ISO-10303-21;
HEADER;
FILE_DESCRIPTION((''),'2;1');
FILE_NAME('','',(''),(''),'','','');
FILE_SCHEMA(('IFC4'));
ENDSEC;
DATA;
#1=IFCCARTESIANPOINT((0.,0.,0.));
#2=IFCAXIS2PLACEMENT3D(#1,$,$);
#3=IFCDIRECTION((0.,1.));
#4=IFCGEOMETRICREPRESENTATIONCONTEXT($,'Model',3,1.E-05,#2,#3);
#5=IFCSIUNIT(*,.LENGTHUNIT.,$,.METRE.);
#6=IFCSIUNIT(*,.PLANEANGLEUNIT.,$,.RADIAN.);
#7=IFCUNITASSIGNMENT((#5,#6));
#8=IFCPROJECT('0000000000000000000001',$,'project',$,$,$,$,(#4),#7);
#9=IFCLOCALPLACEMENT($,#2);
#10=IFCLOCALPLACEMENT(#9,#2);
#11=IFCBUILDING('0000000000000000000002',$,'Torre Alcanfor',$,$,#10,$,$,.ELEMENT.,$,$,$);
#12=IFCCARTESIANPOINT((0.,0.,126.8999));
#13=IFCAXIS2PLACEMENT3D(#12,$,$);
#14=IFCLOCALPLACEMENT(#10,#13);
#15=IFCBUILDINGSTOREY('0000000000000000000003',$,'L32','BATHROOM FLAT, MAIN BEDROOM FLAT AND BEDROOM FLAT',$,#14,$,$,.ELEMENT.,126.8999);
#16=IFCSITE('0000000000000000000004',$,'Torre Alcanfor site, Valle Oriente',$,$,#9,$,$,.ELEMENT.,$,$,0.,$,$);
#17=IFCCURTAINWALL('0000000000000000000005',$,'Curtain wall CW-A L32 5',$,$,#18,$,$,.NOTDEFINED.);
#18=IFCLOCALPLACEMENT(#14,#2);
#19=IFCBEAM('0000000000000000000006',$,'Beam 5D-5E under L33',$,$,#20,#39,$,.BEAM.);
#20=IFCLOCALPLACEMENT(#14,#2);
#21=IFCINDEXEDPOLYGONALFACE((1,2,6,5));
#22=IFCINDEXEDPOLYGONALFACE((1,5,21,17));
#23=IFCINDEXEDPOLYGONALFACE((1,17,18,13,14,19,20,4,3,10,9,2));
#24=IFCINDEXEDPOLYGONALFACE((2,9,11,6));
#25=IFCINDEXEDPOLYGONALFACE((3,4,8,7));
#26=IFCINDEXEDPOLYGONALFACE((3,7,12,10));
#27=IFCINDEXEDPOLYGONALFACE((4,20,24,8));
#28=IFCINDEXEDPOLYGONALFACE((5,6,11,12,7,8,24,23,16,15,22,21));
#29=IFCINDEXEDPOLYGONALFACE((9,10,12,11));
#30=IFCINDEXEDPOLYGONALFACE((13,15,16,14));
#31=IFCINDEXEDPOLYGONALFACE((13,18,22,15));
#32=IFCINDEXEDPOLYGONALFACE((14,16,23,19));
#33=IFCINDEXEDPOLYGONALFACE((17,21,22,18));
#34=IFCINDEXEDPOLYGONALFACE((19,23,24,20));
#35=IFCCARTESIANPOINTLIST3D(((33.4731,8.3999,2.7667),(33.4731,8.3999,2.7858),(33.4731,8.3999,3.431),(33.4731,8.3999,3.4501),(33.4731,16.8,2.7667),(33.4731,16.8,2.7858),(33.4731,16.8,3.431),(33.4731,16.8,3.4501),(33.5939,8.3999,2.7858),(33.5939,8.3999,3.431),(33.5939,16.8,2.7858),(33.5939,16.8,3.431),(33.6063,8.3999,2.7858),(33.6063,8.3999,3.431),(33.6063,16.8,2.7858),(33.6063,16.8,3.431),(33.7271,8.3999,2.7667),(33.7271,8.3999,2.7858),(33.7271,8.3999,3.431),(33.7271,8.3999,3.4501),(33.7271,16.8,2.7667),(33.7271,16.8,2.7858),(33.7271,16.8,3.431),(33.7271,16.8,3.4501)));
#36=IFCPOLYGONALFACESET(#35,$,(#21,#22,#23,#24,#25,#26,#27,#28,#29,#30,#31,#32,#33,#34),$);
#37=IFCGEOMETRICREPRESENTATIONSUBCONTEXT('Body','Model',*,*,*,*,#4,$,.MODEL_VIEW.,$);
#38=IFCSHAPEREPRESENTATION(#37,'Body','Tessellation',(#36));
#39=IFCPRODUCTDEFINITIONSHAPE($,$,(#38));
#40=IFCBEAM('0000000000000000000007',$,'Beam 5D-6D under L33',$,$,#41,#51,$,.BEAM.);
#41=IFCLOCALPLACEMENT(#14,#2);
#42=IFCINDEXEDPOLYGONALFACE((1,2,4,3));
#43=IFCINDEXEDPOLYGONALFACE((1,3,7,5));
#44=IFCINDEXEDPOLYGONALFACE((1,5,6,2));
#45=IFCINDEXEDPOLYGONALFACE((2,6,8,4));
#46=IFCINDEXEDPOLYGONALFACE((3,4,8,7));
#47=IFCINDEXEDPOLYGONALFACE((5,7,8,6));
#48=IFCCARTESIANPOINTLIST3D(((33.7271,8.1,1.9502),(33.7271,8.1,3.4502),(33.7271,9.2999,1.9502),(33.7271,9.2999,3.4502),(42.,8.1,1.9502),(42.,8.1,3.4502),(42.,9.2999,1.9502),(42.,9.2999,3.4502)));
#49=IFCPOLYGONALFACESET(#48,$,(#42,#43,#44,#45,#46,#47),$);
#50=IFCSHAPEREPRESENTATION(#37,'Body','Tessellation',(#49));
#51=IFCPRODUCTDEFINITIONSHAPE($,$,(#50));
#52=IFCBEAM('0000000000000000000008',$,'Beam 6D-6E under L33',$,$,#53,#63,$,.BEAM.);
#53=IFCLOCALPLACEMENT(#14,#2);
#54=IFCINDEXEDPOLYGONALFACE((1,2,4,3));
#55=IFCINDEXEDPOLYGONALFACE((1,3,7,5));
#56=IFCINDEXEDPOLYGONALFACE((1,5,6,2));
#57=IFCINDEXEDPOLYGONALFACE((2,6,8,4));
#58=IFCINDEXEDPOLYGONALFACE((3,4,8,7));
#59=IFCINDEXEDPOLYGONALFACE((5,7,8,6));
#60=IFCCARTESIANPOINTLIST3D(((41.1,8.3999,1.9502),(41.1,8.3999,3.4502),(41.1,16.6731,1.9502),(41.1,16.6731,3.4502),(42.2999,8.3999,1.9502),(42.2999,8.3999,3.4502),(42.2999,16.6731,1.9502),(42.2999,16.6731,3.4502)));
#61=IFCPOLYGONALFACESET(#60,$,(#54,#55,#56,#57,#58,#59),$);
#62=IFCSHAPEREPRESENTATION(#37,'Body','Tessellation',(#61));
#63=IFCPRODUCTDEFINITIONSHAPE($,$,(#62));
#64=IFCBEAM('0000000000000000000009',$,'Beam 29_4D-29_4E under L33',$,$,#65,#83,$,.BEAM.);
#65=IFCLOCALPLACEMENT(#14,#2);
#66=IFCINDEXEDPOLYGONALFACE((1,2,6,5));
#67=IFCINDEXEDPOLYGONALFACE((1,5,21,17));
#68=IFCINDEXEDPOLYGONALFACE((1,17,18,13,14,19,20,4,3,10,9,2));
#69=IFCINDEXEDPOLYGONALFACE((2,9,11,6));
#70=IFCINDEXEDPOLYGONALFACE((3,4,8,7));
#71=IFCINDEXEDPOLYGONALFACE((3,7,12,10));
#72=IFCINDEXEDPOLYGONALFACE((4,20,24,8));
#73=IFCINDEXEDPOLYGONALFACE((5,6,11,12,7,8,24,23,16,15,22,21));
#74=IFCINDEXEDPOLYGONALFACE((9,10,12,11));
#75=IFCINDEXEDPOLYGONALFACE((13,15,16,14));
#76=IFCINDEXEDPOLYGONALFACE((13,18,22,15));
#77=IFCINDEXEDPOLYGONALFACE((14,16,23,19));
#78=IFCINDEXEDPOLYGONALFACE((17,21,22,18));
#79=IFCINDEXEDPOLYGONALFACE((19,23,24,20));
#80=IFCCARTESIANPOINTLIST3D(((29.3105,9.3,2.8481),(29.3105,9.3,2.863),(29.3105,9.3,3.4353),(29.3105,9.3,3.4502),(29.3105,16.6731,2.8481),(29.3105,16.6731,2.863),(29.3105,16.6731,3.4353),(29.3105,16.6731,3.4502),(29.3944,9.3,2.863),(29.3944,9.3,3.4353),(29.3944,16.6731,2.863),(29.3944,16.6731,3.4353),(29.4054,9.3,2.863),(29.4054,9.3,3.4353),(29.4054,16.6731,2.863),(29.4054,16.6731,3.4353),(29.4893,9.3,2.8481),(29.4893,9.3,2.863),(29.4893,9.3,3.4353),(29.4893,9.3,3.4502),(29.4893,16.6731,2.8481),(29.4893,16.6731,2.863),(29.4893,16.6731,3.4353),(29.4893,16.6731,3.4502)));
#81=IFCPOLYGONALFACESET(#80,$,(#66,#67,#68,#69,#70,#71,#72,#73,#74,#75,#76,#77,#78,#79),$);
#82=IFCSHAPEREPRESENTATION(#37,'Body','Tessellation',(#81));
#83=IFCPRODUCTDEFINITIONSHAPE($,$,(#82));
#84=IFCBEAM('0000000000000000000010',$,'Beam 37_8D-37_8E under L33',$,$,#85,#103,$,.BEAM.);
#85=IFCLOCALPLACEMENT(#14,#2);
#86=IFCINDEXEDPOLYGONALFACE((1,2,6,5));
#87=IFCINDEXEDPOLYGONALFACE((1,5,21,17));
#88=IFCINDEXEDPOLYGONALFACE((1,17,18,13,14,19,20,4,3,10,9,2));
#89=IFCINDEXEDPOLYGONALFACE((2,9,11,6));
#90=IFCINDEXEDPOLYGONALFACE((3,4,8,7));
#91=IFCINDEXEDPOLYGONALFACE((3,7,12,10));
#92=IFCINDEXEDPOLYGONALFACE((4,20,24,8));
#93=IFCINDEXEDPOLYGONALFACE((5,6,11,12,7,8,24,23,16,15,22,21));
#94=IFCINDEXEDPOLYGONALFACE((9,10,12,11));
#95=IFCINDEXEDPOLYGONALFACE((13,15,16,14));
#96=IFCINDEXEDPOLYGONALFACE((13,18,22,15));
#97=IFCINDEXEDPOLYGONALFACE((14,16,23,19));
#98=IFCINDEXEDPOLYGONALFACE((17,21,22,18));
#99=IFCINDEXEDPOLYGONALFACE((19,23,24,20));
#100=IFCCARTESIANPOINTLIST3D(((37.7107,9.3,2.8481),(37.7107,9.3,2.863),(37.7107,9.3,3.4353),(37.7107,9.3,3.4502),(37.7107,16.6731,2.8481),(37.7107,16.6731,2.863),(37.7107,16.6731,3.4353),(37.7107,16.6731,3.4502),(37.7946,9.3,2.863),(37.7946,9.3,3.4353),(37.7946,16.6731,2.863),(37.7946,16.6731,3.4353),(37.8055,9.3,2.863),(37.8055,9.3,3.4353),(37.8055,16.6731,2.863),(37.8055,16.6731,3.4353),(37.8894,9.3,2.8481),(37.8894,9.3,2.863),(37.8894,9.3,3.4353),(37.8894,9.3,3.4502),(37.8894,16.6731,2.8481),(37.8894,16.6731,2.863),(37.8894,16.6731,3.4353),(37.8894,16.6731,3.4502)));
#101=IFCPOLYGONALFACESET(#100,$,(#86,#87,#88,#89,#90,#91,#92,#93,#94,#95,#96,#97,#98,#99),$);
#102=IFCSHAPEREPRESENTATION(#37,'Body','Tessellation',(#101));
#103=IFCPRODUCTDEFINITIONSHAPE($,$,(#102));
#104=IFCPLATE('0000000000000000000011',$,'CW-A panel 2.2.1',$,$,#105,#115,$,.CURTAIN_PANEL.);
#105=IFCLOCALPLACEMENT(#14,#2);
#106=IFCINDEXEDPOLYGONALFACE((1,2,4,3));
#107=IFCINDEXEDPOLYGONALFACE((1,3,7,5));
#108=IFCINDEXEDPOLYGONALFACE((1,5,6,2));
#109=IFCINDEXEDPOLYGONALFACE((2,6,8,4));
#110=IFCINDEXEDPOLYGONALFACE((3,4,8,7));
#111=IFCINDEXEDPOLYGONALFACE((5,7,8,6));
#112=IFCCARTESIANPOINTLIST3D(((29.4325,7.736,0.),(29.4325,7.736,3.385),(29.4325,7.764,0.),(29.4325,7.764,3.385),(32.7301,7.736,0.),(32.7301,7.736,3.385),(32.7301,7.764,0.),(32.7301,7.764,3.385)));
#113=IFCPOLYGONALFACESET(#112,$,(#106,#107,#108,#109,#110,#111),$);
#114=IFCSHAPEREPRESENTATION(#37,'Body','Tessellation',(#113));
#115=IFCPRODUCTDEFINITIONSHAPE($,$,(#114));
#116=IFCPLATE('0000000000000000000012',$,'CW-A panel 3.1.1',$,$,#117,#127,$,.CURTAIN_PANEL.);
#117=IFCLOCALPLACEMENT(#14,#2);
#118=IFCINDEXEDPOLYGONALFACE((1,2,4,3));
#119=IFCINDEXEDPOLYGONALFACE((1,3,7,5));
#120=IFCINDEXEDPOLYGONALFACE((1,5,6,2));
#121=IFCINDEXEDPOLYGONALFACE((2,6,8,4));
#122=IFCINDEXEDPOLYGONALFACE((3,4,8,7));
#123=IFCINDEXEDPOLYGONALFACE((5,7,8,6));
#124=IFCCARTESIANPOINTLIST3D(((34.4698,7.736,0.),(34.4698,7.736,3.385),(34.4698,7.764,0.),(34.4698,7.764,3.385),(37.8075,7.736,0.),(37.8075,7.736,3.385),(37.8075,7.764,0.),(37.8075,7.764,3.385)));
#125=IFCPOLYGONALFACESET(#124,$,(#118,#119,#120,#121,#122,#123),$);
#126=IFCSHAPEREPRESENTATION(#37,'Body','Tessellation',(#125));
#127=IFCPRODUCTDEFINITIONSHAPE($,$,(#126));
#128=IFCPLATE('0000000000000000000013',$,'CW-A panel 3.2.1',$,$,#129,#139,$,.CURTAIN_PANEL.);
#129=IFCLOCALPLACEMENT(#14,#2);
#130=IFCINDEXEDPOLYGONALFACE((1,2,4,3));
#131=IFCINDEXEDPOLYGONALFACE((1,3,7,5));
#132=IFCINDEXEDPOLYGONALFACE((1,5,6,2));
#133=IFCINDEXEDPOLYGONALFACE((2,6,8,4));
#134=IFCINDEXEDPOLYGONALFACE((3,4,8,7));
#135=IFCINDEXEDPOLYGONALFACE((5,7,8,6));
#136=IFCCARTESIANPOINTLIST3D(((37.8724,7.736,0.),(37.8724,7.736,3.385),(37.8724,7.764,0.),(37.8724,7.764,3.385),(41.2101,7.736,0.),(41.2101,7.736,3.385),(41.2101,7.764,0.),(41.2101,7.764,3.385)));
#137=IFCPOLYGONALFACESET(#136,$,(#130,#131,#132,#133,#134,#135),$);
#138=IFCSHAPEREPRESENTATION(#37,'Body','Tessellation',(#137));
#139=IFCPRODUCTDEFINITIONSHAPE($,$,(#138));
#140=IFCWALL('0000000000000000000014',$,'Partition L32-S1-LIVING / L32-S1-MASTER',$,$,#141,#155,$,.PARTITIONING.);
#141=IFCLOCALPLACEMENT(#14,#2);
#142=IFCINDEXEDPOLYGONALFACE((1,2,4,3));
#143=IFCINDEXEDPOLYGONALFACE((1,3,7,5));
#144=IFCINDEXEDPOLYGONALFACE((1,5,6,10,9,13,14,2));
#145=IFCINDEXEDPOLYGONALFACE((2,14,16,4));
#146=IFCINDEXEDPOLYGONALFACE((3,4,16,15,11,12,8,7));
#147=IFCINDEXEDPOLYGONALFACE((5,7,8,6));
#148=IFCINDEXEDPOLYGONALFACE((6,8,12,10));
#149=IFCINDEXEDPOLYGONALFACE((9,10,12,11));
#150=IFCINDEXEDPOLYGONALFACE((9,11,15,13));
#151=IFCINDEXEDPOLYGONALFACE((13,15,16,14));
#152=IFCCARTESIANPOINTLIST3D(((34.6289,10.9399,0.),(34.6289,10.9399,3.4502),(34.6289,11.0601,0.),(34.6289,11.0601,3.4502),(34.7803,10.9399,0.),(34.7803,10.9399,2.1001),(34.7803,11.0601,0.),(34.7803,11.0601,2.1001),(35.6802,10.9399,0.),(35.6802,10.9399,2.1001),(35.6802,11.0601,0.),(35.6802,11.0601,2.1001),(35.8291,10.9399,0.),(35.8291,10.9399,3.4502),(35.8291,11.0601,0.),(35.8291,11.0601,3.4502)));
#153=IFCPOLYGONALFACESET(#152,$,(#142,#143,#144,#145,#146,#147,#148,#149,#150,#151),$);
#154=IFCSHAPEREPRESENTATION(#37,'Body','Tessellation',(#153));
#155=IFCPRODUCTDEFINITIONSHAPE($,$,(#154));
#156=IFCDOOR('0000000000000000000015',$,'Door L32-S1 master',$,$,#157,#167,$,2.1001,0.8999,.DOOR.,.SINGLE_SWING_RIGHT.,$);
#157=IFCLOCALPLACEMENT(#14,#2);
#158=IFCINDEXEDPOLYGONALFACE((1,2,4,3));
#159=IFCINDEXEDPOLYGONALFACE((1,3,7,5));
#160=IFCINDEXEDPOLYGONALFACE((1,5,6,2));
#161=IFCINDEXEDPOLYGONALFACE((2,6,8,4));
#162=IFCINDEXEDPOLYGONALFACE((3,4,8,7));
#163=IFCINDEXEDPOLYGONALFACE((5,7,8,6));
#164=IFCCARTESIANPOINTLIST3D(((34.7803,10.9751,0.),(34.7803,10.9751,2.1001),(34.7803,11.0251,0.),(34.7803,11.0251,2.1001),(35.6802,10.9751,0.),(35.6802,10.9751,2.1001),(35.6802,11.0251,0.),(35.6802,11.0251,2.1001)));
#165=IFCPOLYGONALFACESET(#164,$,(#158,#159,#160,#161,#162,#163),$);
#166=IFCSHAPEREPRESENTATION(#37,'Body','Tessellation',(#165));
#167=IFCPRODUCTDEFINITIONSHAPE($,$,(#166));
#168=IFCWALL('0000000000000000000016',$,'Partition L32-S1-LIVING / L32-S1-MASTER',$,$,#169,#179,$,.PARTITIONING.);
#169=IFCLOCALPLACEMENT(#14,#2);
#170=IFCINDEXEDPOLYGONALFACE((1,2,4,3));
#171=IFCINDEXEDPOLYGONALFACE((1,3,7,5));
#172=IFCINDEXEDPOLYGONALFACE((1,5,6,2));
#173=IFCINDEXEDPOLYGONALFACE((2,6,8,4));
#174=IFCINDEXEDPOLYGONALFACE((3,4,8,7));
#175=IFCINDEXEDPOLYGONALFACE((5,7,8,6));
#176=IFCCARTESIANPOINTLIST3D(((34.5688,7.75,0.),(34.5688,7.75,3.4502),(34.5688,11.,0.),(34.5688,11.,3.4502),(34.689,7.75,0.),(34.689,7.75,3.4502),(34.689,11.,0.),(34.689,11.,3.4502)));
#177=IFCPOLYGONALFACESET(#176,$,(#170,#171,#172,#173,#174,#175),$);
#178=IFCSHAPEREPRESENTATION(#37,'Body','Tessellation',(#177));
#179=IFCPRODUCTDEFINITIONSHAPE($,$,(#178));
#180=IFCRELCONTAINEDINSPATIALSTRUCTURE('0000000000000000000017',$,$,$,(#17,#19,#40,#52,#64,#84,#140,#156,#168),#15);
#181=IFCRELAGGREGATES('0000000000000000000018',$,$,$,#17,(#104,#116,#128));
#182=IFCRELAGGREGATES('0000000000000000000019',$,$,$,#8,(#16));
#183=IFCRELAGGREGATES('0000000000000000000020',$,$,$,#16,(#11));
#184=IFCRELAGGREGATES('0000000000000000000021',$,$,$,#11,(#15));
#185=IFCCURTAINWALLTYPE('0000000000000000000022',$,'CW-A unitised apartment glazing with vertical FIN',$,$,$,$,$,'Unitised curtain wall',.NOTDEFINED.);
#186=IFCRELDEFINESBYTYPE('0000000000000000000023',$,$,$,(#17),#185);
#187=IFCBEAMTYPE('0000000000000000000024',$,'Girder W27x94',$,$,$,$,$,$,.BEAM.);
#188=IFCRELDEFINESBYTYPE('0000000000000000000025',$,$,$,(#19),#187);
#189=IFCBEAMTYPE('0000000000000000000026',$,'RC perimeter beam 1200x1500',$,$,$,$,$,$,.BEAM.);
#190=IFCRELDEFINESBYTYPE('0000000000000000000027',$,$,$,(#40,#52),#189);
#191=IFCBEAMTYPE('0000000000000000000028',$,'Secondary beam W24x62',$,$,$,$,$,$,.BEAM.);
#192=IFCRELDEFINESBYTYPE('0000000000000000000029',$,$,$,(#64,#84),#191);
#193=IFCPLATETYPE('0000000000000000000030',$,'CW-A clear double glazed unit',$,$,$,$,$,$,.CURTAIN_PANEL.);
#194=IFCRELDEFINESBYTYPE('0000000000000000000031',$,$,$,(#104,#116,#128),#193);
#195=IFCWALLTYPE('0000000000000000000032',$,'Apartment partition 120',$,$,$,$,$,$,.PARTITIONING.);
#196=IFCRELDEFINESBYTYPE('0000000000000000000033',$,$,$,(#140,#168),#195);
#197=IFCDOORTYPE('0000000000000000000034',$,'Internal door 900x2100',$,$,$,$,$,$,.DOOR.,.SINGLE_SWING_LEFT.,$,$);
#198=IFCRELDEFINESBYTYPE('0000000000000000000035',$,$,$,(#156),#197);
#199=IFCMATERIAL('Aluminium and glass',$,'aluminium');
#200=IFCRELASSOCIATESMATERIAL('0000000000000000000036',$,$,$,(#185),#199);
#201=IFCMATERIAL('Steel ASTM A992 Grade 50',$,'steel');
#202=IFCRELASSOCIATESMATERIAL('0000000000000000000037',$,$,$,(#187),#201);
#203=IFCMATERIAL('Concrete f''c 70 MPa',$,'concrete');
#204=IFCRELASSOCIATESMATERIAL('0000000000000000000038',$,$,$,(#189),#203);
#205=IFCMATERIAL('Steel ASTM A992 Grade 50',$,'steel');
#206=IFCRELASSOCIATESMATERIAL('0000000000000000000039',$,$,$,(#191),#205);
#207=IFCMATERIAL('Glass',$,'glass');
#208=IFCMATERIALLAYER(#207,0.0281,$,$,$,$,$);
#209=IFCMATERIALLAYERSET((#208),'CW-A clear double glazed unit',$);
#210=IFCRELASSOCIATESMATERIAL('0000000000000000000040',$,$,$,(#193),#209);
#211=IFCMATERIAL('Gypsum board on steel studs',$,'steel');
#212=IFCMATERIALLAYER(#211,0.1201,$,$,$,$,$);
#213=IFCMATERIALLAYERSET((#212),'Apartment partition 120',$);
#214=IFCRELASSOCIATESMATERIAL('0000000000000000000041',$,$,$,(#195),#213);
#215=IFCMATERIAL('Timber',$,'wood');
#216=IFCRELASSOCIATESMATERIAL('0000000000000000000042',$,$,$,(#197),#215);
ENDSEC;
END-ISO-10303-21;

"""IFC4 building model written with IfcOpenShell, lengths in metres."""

from ifc_helpers import new_model, si_unit, direction, frame, frame_2d, origin, origin_2d, place, context, subcontext, project, spatial, rectangle, i_section, extrude, material, layer, layer_set, material_profile, profile_set, type_object, element, fill, aggregate, save


model = new_model("IFC4")

# Units and contexts
model_context = context("Model", 3, precision=1e-05, world=origin(), true_north=direction((0.0, 1.0)))
body_context = subcontext(model_context, "Body", "Model", "MODEL_VIEW")
ifc_project = project(units=[si_unit("LENGTHUNIT", "METRE"), si_unit("PLANEANGLEUNIT", "RADIAN")], contexts=[model_context])

# Site, building, storey
site_placement = place(None, origin())
site = spatial("IfcSite", under=ifc_project, at=site_placement, Name="Torre Alcanfor site, Valle Oriente", CompositionType="ELEMENT", RefElevation=0.0)
building_placement = place(site_placement, origin())
building = spatial("IfcBuilding", under=site, at=building_placement, Name="Torre Alcanfor", CompositionType="ELEMENT")
storey_placement = place(building_placement, frame((0.0, 0.0, 126.8999)))
storey = spatial("IfcBuildingStorey", under=building, at=storey_placement, Name="L32", Description="BATHROOM FLAT, MAIN BEDROOM FLAT AND BEDROOM FLAT", CompositionType="ELEMENT", Elevation=126.8999)

# Curtain wall
ifc_material_1 = material(Name="Aluminium and glass", Category="aluminium")
curtain_wall_type = type_object("IfcCurtainWallType", Name="CW-A unitised apartment glazing with vertical FIN", ElementType="Unitised curtain wall", PredefinedType="NOTDEFINED", material=ifc_material_1)
curtain_wall_placement = place(storey_placement, origin())
curtain_wall = element("IfcCurtainWall", 1, at=curtain_wall_placement, inside=storey, type_object=curtain_wall_type, Name="Curtain wall CW-A L32 5", PredefinedType="NOTDEFINED")

# Beams
ifc_material_2 = material(Name="Steel ASTM A992 Grade 50", Category="steel")
ifc_material_profile_1 = material_profile(ifc_material_2, i_section(OverallWidth=0.2539, OverallDepth=0.6833, WebThickness=0.0125, FlangeThickness=0.019, at=origin_2d()), Name="W27x94")
ifc_profile_set_1 = profile_set([ifc_material_profile_1], Name="Steel ASTM A992 Grade 50")
beam_type_1 = type_object("IfcBeamType", Name="Girder W27x94", PredefinedType="BEAM", material=ifc_profile_set_1)
beam_1_placement = place(storey_placement, frame((33.6001, 8.3999, 3.1084), z_axis=(0.0, 1.0, 0.0), x_axis=(-1.0, 0.0, 0.0)))
element("IfcBeam", 2, at=beam_1_placement, inside=storey, type_object=beam_type_1, Name="Beam 5D-5E under L33", PredefinedType="BEAM", context=body_context, shape_type="SweptSolid", body=[
    extrude(i_section(OverallWidth=0.2539, OverallDepth=0.6833, WebThickness=0.0125, FlangeThickness=0.019, at=origin_2d()), origin(), (0.0, 0.0, 1.0), 8.4001),
])
ifc_material_3 = material(Name="Concrete f'c 70 MPa", Category="concrete")
ifc_material_profile_2 = material_profile(ifc_material_3, rectangle(XDim=1.2, YDim=1.5, at=origin_2d()), Name="1200x1500")
ifc_profile_set_2 = profile_set([ifc_material_profile_2], Name="Concrete f'c 70 MPa")
beam_type_2 = type_object("IfcBeamType", Name="RC perimeter beam 1200x1500", PredefinedType="BEAM", material=ifc_profile_set_2)
beam_2_placement = place(storey_placement, frame((33.7271, 8.7, 2.7002), z_axis=(1.0, 0.0, 0.0), x_axis=(0.0, 1.0, 0.0)))
element("IfcBeam", 3, at=beam_2_placement, inside=storey, type_object=beam_type_2, Name="Beam 5D-6D under L33", PredefinedType="BEAM", context=body_context, shape_type="SweptSolid", body=[
    extrude(rectangle(XDim=1.2, YDim=1.5, at=origin_2d()), origin(), (0.0, 0.0, 1.0), 8.2729),
])
beam_3_placement = place(storey_placement, frame((41.7, 8.3999, 2.7002), z_axis=(0.0, 1.0, 0.0), x_axis=(-1.0, 0.0, 0.0)))
element("IfcBeam", 4, at=beam_3_placement, inside=storey, type_object=beam_type_2, Name="Beam 6D-6E under L33", PredefinedType="BEAM", context=body_context, shape_type="SweptSolid", body=[
    extrude(rectangle(XDim=1.2, YDim=1.5, at=origin_2d()), origin(), (0.0, 0.0, 1.0), 8.2732),
])
ifc_material_4 = material(Name="Steel ASTM A992 Grade 50", Category="steel")
ifc_material_profile_3 = material_profile(ifc_material_4, i_section(OverallWidth=0.1787, OverallDepth=0.6021, WebThickness=0.011, FlangeThickness=0.0149, at=origin_2d()), Name="W24x62")
ifc_profile_set_3 = profile_set([ifc_material_profile_3], Name="Steel ASTM A992 Grade 50")
beam_type_3 = type_object("IfcBeamType", Name="Secondary beam W24x62", PredefinedType="BEAM", material=ifc_profile_set_3)
for number, where, z_axis, x_axis, name in (
    (5, (29.3999, 9.3, 3.1492), (0.0, 1.0, 0.0), (-1.0, 0.0, 0.0), "Beam 29_4D-29_4E under L33"),
    (6, (37.8, 9.3, 3.1492), (0.0, 1.0, 0.0), (-1.0, 0.0, 0.0), "Beam 37_8D-37_8E under L33"),
):
    element("IfcBeam", number, at=place(storey_placement, frame(where, z_axis=z_axis, x_axis=x_axis)), inside=storey, type_object=beam_type_3, Name=name, PredefinedType="BEAM", context=body_context, shape_type="SweptSolid", body=[
        extrude(i_section(OverallWidth=0.1787, OverallDepth=0.6021, WebThickness=0.011, FlangeThickness=0.0149, at=origin_2d()), origin(), (0.0, 0.0, 1.0), 7.373),
    ])

# Plates
ifc_material_5 = material(Name="Glass", Category="glass")
ifc_layer_1 = layer(ifc_material_5, 0.0281)
ifc_layer_set_1 = layer_set([ifc_layer_1], Name="CW-A clear double glazed unit")
plate_type = type_object("IfcPlateType", Name="CW-A clear double glazed unit", PredefinedType="CURTAIN_PANEL", material=ifc_layer_set_1)
plate_1_placement = place(storey_placement, frame((31.0813, 7.75, 0.0), z_axis=(0.0, 0.0, 1.0), x_axis=(1.0, 0.0, 0.0)))
plate_1 = element("IfcPlate", 7, at=plate_1_placement, type_object=plate_type, Name="CW-A panel 2.2.1", PredefinedType="CURTAIN_PANEL", context=body_context, shape_type="SweptSolid", body=[
    extrude(rectangle(XDim=3.2976, YDim=0.0281, at=origin_2d()), origin(), (0.0, 0.0, 1.0), 3.385),
])
plate_2_placement = place(storey_placement, frame((36.1387, 7.75, 0.0), z_axis=(0.0, 0.0, 1.0), x_axis=(1.0, 0.0, 0.0)))
plate_2 = element("IfcPlate", 8, at=plate_2_placement, type_object=plate_type, Name="CW-A panel 3.1.1", PredefinedType="CURTAIN_PANEL", context=body_context, shape_type="SweptSolid", body=[
    extrude(rectangle(XDim=3.3376, YDim=0.0281, at=origin_2d()), origin(), (0.0, 0.0, 1.0), 3.385),
])
plate_3_placement = place(storey_placement, frame((39.5413, 7.75, 0.0), z_axis=(0.0, 0.0, 1.0), x_axis=(1.0, 0.0, 0.0)))
plate_3 = element("IfcPlate", 9, at=plate_3_placement, type_object=plate_type, Name="CW-A panel 3.2.1", PredefinedType="CURTAIN_PANEL", context=body_context, shape_type="SweptSolid", body=[
    extrude(rectangle(XDim=3.3376, YDim=0.0281, at=origin_2d()), origin(), (0.0, 0.0, 1.0), 3.385),
])
aggregate(curtain_wall, [plate_1, plate_2, plate_3])

# Wall, opening, door
ifc_material_6 = material(Name="Gypsum board on steel studs", Category="steel")
ifc_layer_2 = layer(ifc_material_6, 0.1201)
ifc_layer_set_2 = layer_set([ifc_layer_2], Name="Apartment partition 120")
wall_type_1 = type_object("IfcWallType", Name="Apartment partition 120", PredefinedType="PARTITIONING", material=ifc_layer_set_2)
wall_1_placement = place(storey_placement, frame((35.8291, 11.0, 0.0), z_axis=(0.0, 0.0, 1.0), x_axis=(-1.0, 0.0, 0.0)))
wall_1 = element("IfcWall", 10, at=wall_1_placement, inside=storey, type_object=wall_type_1, Name="Partition L32-S1-LIVING / L32-S1-MASTER", PredefinedType="PARTITIONING", context=body_context, shape_type="SweptSolid", body=[
    extrude(rectangle(XDim=1.2002, YDim=0.1201, at=frame_2d((0.6001, 0.0))), origin(), (0.0, 0.0, 1.0), 3.4502),
])
opening_1_placement = place(wall_1_placement, frame((0.1489, 0.0, 0.0)))
opening_1 = element("IfcOpeningElement", 11, at=opening_1_placement, cuts=wall_1, PredefinedType="OPENING", context=body_context, shape_type="SweptSolid", body=[
    extrude(rectangle(XDim=0.8999, YDim=2.1001, at=frame_2d((0.45, 1.05))), frame((0.0, 0.0701, 0.0), z_axis=(0.0, -1.0, 0.0), x_axis=(1.0, 0.0, 0.0)), (0.0, 0.0, 1.0), 0.1401),
])
ifc_material_7 = material(Name="Timber", Category="wood")
door_type_1 = type_object("IfcDoorType", Name="Internal door 900x2100", OperationType="SINGLE_SWING_LEFT", PredefinedType="DOOR", material=ifc_material_7)
door_1_placement = place(opening_1_placement, origin())
door_1 = element("IfcDoor", 12, at=door_1_placement, inside=storey, type_object=door_type_1, Name="Door L32-S1 master", OperationType="SINGLE_SWING_RIGHT", OverallHeight=2.1001, OverallWidth=0.8999, PredefinedType="DOOR", context=body_context, shape_type="SweptSolid", body=[
    extrude(rectangle(XDim=0.8999, YDim=2.1001, at=frame_2d((0.45, 1.05))), frame((0.0, 0.0249, 0.0), z_axis=(0.0, -1.0, 0.0), x_axis=(1.0, 0.0, 0.0)), (0.0, 0.0, 1.0), 0.05),
])
fill(opening_1, door_1)

# Wall
wall_2_placement = place(storey_placement, frame((34.6289, 11.0, 0.0), z_axis=(0.0, 0.0, 1.0), x_axis=(0.0, -1.0, 0.0)))
element("IfcWall", 13, at=wall_2_placement, inside=storey, type_object=wall_type_1, Name="Partition L32-S1-LIVING / L32-S1-MASTER", PredefinedType="PARTITIONING", context=body_context, shape_type="SweptSolid", body=[
    extrude(rectangle(XDim=3.25, YDim=0.1201, at=frame_2d((1.625, 0.0))), origin(), (0.0, 0.0, 1.0), 3.4502),
])

save(model, "model.ifc")
